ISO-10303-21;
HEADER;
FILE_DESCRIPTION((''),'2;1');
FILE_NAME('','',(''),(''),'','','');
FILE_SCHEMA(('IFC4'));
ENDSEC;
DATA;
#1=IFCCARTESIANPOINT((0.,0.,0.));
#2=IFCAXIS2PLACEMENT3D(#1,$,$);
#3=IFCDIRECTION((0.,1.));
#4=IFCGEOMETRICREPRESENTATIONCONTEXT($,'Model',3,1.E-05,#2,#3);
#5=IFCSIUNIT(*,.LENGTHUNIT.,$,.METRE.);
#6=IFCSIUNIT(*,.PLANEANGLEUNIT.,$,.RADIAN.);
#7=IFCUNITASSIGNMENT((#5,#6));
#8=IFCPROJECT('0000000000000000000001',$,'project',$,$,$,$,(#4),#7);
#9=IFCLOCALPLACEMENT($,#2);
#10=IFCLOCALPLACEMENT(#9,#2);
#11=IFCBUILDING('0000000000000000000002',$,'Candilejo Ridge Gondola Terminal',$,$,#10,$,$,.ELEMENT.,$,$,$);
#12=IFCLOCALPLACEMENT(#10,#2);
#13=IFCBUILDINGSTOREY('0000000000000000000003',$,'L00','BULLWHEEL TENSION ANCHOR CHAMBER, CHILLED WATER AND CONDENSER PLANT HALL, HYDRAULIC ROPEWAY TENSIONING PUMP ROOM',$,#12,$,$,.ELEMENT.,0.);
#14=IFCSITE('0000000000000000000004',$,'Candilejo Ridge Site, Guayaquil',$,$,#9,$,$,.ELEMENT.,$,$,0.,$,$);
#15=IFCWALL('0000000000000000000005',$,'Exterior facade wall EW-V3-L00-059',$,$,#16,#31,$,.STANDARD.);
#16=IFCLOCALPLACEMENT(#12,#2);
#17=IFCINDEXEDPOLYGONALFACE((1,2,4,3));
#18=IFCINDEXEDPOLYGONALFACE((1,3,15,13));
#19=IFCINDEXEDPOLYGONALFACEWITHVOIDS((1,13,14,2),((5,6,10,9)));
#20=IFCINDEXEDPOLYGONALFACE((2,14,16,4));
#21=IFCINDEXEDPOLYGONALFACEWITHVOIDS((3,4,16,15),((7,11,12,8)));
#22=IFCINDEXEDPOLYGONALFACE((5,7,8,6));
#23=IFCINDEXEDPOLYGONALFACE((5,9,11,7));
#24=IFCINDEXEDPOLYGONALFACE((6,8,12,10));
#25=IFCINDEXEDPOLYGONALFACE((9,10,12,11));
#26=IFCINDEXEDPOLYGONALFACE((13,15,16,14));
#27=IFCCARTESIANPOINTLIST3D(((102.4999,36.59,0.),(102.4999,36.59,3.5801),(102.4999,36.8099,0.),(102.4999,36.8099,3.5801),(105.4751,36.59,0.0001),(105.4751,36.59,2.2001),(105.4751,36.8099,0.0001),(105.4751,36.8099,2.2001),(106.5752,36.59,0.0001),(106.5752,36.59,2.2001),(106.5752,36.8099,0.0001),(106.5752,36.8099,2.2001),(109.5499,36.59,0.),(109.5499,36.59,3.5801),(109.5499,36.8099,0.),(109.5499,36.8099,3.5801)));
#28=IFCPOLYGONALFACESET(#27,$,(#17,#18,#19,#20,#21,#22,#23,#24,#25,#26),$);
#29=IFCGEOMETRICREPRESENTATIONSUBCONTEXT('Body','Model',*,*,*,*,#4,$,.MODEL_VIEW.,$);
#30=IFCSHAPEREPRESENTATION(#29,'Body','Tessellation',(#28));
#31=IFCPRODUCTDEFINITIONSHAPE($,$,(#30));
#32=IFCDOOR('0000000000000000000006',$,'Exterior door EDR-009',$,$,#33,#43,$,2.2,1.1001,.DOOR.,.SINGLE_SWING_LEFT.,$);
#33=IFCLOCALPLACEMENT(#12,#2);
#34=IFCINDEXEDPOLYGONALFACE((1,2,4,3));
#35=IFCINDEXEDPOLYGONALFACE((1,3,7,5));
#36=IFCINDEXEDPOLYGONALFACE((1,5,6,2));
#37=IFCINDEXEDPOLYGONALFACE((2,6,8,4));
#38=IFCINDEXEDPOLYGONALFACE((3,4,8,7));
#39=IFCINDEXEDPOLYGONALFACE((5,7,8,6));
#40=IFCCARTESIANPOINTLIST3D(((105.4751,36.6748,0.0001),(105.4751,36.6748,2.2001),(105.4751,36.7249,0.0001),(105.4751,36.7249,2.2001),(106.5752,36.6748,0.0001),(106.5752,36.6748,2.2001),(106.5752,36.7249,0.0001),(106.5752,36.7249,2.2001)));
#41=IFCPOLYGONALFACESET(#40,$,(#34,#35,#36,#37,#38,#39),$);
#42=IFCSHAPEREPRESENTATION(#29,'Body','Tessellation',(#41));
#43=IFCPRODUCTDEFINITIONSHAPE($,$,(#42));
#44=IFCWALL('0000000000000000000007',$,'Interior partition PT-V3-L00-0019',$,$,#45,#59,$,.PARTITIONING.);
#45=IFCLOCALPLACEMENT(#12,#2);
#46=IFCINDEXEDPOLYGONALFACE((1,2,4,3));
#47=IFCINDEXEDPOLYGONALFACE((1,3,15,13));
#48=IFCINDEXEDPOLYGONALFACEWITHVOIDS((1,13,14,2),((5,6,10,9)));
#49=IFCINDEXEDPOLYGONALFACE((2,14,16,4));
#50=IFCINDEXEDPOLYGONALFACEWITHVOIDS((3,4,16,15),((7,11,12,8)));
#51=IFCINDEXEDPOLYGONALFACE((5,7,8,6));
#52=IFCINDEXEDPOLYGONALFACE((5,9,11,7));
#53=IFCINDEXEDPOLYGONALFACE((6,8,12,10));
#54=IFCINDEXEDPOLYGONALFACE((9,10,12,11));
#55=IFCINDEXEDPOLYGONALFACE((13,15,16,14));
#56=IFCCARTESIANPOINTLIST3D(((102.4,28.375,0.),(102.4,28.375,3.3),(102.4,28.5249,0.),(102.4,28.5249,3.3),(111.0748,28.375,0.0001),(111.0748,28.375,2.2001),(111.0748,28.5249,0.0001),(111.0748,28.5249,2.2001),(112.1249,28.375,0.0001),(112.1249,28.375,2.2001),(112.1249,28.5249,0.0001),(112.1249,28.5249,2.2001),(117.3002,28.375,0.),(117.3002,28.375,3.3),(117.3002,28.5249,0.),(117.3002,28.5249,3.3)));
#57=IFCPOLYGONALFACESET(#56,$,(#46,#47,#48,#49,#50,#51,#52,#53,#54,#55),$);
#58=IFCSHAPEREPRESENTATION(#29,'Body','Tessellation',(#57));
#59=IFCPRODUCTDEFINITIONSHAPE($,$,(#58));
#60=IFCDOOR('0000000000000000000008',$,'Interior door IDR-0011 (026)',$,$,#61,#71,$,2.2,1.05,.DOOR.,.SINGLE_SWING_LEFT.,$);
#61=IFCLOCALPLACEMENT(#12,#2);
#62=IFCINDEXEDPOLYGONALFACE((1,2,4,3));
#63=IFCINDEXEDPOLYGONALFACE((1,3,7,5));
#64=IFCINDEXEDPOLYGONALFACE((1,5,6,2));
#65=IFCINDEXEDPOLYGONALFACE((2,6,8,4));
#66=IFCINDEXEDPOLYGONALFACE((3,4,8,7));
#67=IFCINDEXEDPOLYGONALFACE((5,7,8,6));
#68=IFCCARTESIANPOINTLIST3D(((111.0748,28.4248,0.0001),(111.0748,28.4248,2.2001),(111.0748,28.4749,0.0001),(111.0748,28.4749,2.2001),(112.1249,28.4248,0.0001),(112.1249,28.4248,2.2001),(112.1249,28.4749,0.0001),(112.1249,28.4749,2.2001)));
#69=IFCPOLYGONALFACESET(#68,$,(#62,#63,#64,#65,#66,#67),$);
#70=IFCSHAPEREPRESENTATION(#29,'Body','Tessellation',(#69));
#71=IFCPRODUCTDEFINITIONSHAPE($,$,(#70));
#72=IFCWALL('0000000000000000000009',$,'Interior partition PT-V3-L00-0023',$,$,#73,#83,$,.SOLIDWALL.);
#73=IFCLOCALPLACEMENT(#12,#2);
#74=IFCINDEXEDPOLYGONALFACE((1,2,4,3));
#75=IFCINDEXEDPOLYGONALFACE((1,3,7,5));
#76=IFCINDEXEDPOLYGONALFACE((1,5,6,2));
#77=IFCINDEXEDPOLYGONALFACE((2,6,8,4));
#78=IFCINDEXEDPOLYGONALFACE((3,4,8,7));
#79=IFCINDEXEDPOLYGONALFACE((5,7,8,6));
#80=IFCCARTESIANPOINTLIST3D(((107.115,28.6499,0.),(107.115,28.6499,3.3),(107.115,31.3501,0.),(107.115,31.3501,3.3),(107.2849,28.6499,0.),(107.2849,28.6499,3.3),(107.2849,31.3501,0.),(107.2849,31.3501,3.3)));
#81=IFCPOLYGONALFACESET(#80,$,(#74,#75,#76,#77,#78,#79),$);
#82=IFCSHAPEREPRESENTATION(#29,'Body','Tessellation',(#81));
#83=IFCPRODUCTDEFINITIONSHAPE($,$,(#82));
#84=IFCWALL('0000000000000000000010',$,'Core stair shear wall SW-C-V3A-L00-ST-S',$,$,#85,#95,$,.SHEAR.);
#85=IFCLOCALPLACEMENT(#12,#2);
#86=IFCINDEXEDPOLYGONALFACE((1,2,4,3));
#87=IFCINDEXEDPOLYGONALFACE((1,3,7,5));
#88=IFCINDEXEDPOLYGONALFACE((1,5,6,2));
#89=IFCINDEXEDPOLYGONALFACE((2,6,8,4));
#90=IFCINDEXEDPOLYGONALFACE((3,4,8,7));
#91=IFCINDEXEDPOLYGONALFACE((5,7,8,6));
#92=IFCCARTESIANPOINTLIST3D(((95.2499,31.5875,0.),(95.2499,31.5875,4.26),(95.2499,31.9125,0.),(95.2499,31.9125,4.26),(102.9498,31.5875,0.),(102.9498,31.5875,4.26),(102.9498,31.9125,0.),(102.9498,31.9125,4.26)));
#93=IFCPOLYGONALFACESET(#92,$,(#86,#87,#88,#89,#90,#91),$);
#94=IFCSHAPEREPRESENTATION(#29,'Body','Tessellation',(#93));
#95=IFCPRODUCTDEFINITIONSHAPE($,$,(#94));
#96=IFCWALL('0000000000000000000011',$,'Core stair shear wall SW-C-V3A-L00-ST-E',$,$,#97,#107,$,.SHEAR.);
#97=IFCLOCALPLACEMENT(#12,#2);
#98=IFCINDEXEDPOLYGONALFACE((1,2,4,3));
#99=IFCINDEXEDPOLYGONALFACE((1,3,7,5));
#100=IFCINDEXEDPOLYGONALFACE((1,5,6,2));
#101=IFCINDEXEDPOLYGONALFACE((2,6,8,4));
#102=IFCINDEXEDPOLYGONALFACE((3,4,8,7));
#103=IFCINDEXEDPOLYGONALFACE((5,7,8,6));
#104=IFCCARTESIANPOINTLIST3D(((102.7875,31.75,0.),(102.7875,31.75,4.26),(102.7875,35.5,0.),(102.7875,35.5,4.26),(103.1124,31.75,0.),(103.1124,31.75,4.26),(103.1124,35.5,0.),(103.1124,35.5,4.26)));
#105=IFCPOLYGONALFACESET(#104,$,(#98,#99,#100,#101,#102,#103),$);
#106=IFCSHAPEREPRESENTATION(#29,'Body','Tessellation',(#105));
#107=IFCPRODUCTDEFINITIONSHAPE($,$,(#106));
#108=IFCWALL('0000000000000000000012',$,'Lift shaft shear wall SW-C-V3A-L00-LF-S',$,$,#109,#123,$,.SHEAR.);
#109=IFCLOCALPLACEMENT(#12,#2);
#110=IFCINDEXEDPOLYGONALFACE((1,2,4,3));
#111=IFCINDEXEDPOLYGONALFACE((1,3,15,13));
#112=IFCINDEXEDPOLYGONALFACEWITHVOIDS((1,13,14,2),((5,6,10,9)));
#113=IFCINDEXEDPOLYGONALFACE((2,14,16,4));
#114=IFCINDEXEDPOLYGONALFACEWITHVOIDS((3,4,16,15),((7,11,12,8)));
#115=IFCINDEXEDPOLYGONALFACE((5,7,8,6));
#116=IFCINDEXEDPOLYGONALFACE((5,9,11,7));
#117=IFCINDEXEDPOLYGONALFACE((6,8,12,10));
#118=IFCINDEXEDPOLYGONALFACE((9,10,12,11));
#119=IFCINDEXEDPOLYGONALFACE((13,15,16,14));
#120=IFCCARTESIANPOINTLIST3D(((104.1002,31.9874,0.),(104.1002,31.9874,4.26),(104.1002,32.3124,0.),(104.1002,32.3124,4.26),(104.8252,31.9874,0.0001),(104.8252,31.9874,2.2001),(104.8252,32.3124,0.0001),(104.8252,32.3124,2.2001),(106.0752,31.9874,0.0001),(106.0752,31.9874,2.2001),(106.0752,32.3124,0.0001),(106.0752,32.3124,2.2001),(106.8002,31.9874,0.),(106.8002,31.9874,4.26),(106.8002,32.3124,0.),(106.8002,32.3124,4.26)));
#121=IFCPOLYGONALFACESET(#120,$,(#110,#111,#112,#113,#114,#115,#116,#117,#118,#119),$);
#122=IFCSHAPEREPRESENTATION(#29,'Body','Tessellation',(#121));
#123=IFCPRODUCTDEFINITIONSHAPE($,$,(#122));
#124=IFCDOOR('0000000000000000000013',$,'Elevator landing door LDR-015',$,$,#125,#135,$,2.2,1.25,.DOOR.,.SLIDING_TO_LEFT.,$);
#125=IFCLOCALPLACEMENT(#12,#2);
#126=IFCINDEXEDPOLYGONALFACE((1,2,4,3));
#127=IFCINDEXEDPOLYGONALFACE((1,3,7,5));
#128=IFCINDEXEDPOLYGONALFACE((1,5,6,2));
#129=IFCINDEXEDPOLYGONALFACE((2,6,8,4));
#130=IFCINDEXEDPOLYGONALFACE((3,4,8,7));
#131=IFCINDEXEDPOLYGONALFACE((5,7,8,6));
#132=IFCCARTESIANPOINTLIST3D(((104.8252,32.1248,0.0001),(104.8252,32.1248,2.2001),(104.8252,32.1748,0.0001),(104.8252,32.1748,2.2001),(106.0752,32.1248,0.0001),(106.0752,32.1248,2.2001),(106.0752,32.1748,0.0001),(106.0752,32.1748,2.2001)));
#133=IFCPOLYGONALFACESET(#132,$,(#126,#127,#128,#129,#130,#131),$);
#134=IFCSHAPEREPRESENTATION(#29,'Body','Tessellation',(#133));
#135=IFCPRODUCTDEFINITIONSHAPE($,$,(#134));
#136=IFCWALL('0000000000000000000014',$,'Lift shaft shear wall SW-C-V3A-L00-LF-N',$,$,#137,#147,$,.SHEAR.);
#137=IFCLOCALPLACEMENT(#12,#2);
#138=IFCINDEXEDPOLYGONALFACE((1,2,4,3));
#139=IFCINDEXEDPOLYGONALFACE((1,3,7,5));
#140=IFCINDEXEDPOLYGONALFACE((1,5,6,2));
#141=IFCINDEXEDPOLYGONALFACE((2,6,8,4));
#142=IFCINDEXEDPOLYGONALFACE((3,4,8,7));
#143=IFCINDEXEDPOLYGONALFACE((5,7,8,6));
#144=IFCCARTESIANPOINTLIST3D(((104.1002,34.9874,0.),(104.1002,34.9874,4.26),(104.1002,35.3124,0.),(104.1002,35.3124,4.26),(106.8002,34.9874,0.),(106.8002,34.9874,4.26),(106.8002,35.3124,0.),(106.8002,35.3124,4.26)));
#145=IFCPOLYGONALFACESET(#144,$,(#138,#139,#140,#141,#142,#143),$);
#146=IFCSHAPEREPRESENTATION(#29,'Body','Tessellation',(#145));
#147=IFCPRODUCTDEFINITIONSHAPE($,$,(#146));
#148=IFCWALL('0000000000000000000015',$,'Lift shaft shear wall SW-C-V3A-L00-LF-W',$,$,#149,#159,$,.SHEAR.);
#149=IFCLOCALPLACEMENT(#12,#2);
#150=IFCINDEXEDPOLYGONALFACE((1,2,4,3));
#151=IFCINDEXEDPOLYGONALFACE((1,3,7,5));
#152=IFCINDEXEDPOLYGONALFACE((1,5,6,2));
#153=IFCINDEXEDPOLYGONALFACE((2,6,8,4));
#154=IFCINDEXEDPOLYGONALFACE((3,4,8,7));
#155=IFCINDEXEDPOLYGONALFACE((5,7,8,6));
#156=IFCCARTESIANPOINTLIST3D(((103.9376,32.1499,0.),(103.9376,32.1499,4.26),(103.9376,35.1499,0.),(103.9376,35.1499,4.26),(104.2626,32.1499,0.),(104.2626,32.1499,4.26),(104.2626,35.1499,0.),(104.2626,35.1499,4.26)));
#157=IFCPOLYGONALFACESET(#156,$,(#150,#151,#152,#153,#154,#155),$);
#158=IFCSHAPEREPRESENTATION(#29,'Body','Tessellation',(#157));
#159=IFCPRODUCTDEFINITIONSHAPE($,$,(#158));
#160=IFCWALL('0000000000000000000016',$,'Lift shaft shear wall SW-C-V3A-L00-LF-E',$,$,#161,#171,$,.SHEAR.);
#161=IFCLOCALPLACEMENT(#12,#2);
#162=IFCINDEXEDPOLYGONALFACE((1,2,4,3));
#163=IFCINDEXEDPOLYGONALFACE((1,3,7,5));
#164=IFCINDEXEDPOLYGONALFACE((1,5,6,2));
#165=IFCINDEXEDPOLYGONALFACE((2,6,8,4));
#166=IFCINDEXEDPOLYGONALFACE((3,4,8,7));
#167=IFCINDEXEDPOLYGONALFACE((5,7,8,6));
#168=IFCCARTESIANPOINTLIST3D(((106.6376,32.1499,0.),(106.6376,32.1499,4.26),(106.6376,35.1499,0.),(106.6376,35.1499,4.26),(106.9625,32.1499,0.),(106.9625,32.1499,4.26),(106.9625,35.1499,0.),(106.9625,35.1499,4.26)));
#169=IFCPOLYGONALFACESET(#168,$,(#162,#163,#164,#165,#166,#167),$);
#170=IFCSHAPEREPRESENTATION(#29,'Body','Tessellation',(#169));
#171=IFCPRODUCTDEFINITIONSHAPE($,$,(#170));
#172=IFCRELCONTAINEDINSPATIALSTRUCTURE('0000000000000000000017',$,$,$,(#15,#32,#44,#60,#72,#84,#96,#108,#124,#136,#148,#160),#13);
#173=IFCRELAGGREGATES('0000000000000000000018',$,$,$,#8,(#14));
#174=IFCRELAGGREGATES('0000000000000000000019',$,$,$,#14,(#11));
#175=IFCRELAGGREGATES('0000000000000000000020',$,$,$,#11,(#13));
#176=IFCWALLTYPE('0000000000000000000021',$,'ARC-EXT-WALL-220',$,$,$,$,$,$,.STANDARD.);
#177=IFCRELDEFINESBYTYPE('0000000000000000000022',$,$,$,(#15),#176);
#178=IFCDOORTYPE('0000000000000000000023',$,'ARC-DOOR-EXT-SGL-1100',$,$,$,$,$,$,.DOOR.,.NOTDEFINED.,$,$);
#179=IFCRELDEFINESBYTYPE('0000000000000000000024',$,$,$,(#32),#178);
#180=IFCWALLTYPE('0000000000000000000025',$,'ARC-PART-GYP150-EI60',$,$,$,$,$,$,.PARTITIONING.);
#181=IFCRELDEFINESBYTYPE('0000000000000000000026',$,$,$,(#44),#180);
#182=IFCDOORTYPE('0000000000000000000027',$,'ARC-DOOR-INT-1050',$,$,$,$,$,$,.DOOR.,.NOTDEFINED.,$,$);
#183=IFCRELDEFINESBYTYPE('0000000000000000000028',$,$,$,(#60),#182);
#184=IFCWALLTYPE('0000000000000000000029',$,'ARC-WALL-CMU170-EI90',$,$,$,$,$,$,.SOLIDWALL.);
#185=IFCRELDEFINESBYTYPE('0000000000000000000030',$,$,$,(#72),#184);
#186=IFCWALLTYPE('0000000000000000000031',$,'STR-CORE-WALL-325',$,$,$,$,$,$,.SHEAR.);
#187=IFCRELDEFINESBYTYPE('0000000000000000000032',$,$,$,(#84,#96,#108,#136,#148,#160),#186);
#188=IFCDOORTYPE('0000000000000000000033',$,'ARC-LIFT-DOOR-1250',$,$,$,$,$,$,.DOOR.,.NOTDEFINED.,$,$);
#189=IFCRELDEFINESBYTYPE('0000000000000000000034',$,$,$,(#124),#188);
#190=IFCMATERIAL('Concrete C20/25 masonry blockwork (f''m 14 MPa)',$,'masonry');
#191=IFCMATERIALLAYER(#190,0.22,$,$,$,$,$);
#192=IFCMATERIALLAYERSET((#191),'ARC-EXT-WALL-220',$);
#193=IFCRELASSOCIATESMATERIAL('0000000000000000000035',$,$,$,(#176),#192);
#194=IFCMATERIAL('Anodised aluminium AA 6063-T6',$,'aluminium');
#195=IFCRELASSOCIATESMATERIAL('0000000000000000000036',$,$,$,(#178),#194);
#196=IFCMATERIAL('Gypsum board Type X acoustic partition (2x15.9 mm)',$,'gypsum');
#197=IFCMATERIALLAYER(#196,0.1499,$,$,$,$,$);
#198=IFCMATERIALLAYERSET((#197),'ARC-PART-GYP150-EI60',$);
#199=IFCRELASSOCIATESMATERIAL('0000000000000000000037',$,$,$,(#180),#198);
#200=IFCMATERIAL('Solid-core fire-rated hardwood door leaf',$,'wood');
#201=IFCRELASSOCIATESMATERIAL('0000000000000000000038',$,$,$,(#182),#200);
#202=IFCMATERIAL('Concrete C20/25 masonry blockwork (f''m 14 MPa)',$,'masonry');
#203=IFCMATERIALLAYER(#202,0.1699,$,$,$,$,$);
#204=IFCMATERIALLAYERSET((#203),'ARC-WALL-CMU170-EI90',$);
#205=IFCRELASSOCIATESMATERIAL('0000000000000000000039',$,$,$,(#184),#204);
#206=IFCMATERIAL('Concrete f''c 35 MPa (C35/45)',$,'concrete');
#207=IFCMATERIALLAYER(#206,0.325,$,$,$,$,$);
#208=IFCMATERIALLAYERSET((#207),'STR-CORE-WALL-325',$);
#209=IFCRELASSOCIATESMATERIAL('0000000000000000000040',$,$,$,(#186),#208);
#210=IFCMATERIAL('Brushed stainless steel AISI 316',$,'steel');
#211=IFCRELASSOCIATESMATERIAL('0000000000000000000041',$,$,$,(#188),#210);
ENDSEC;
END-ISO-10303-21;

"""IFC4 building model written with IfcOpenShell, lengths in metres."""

from ifc_helpers import new_model, si_unit, direction, frame, frame_2d, origin, place, context, subcontext, project, spatial, rectangle, extrude, material, layer, layer_set, type_object, element, fill, save


model = new_model("IFC4")

# Units and contexts
model_context = context("Model", 3, precision=1e-05, world=origin(), true_north=direction((0.0, 1.0)))
body_context = subcontext(model_context, "Body", "Model", "MODEL_VIEW")
ifc_project = project(units=[si_unit("LENGTHUNIT", "METRE"), si_unit("PLANEANGLEUNIT", "RADIAN")], contexts=[model_context])

# Site, building, storey
site_placement = place(None, origin())
site = spatial("IfcSite", under=ifc_project, at=site_placement, Name="Candilejo Ridge Site, Guayaquil", CompositionType="ELEMENT", RefElevation=0.0)
building_placement = place(site_placement, origin())
building = spatial("IfcBuilding", under=site, at=building_placement, Name="Candilejo Ridge Gondola Terminal", CompositionType="ELEMENT")
storey_placement = place(building_placement, origin())
storey = spatial("IfcBuildingStorey", under=building, at=storey_placement, Name="L00", Description="BULLWHEEL TENSION ANCHOR CHAMBER, CHILLED WATER AND CONDENSER PLANT HALL, HYDRAULIC ROPEWAY TENSIONING PUMP ROOM", CompositionType="ELEMENT", Elevation=0.0)

# Walls, openings, doors
ifc_material_1 = material(Name="Concrete C20/25 masonry blockwork (f'm 14 MPa)", Category="masonry")
ifc_layer_1 = layer(ifc_material_1, 0.22)
ifc_layer_set_1 = layer_set([ifc_layer_1], Name="ARC-EXT-WALL-220")
wall_type_1 = type_object("IfcWallType", Name="ARC-EXT-WALL-220", PredefinedType="STANDARD", material=ifc_layer_set_1)
wall_1_placement = place(storey_placement, frame((102.5, 36.7, 0.0), z_axis=(0.0, 0.0, 1.0), x_axis=(1.0, 0.0, 0.0)))
wall_1 = element("IfcWall", 1, at=wall_1_placement, inside=storey, type_object=wall_type_1, Name="Exterior facade wall EW-V3-L00-059", PredefinedType="STANDARD", context=body_context, shape_type="SweptSolid", body=[
    extrude(rectangle(XDim=7.05, YDim=0.22, at=frame_2d((3.5249, 0.0))), origin(), (0.0, 0.0, 1.0), 3.5801),
])
opening_1_placement = place(wall_1_placement, frame((2.9751, 0.0, 0.0)))
opening_1 = element("IfcOpeningElement", 2, at=opening_1_placement, cuts=wall_1, PredefinedType="OPENING", context=body_context, shape_type="SweptSolid", body=[
    extrude(rectangle(XDim=1.1001, YDim=2.2, at=frame_2d((0.55, 1.1001))), frame((0.0, 0.1199, 0.0), z_axis=(0.0, -1.0, 0.0), x_axis=(1.0, 0.0, 0.0)), (0.0, 0.0, 1.0), 0.24),
])
ifc_material_2 = material(Name="Anodised aluminium AA 6063-T6", Category="aluminium")
door_type_1 = type_object("IfcDoorType", Name="ARC-DOOR-EXT-SGL-1100", OperationType="NOTDEFINED", PredefinedType="DOOR", material=ifc_material_2)
door_1_placement = place(opening_1_placement, origin())
door_1 = element("IfcDoor", 3, at=door_1_placement, inside=storey, type_object=door_type_1, Name="Exterior door EDR-009", OperationType="SINGLE_SWING_LEFT", OverallHeight=2.2, OverallWidth=1.1001, PredefinedType="DOOR", context=body_context, shape_type="SweptSolid", body=[
    extrude(rectangle(XDim=1.1001, YDim=2.2, at=frame_2d((0.55, 1.1001))), frame((0.0, 0.0249, 0.0), z_axis=(0.0, -1.0, 0.0), x_axis=(1.0, 0.0, 0.0)), (0.0, 0.0, 1.0), 0.05),
])
fill(opening_1, door_1)
ifc_material_3 = material(Name="Gypsum board Type X acoustic partition (2x15.9 mm)", Category="gypsum")
ifc_layer_2 = layer(ifc_material_3, 0.1499)
ifc_layer_set_2 = layer_set([ifc_layer_2], Name="ARC-PART-GYP150-EI60")
wall_type_2 = type_object("IfcWallType", Name="ARC-PART-GYP150-EI60", PredefinedType="PARTITIONING", material=ifc_layer_set_2)
wall_2_placement = place(storey_placement, frame((102.3999, 28.45, 0.0), z_axis=(0.0, 0.0, 1.0), x_axis=(1.0, 0.0, 0.0)))
wall_2 = element("IfcWall", 4, at=wall_2_placement, inside=storey, type_object=wall_type_2, Name="Interior partition PT-V3-L00-0019", PredefinedType="PARTITIONING", context=body_context, shape_type="SweptSolid", body=[
    extrude(rectangle(XDim=14.9001, YDim=0.1499, at=frame_2d((7.4502, 0.0))), origin(), (0.0, 0.0, 1.0), 3.3),
])
opening_2_placement = place(wall_2_placement, frame((8.675, 0.0, 0.0)))
opening_2 = element("IfcOpeningElement", 5, at=opening_2_placement, cuts=wall_2, PredefinedType="OPENING", context=body_context, shape_type="SweptSolid", body=[
    extrude(rectangle(XDim=1.05, YDim=2.2, at=frame_2d((0.5249, 1.1001))), frame((0.0, 0.085, 0.0), z_axis=(0.0, -1.0, 0.0), x_axis=(1.0, 0.0, 0.0)), (0.0, 0.0, 1.0), 0.1699),
])
ifc_material_4 = material(Name="Solid-core fire-rated hardwood door leaf", Category="wood")
door_type_2 = type_object("IfcDoorType", Name="ARC-DOOR-INT-1050", OperationType="NOTDEFINED", PredefinedType="DOOR", material=ifc_material_4)
door_2_placement = place(opening_2_placement, origin())
door_2 = element("IfcDoor", 6, at=door_2_placement, inside=storey, type_object=door_type_2, Name="Interior door IDR-0011 (026)", OperationType="SINGLE_SWING_LEFT", OverallHeight=2.2, OverallWidth=1.05, PredefinedType="DOOR", context=body_context, shape_type="SweptSolid", body=[
    extrude(rectangle(XDim=1.05, YDim=2.2, at=frame_2d((0.5249, 1.1001))), frame((0.0, 0.0249, 0.0), z_axis=(0.0, -1.0, 0.0), x_axis=(1.0, 0.0, 0.0)), (0.0, 0.0, 1.0), 0.05),
])
fill(opening_2, door_2)

# Walls
ifc_material_5 = material(Name="Concrete C20/25 masonry blockwork (f'm 14 MPa)", Category="masonry")
ifc_layer_3 = layer(ifc_material_5, 0.1699)
ifc_layer_set_3 = layer_set([ifc_layer_3], Name="ARC-WALL-CMU170-EI90")
wall_type_3 = type_object("IfcWallType", Name="ARC-WALL-CMU170-EI90", PredefinedType="SOLIDWALL", material=ifc_layer_set_3)
wall_3_placement = place(storey_placement, frame((107.2, 28.6499, 0.0), z_axis=(0.0, 0.0, 1.0), x_axis=(0.0, 1.0, 0.0)))
element("IfcWall", 7, at=wall_3_placement, inside=storey, type_object=wall_type_3, Name="Interior partition PT-V3-L00-0023", PredefinedType="SOLIDWALL", context=body_context, shape_type="SweptSolid", body=[
    extrude(rectangle(XDim=2.7002, YDim=0.1699, at=frame_2d((1.3501, 0.0))), origin(), (0.0, 0.0, 1.0), 3.3),
])
ifc_material_6 = material(Name="Concrete f'c 35 MPa (C35/45)", Category="concrete")
ifc_layer_4 = layer(ifc_material_6, 0.325)
ifc_layer_set_4 = layer_set([ifc_layer_4], Name="STR-CORE-WALL-325")
wall_type_4 = type_object("IfcWallType", Name="STR-CORE-WALL-325", PredefinedType="SHEAR", material=ifc_layer_set_4)
wall_4_placement = place(storey_placement, frame((102.95, 31.75, 0.0), z_axis=(0.0, 0.0, 1.0), x_axis=(-1.0, 0.0, 0.0)))
element("IfcWall", 8, at=wall_4_placement, inside=storey, type_object=wall_type_4, Name="Core stair shear wall SW-C-V3A-L00-ST-S", PredefinedType="SHEAR", context=body_context, shape_type="SweptSolid", body=[
    extrude(rectangle(XDim=7.7, YDim=0.325, at=frame_2d((3.8501, 0.0))), origin(), (0.0, 0.0, 1.0), 4.26),
])
wall_5_placement = place(storey_placement, frame((102.95, 35.5, 0.0), z_axis=(0.0, 0.0, 1.0), x_axis=(0.0, -1.0, 0.0)))
element("IfcWall", 9, at=wall_5_placement, inside=storey, type_object=wall_type_4, Name="Core stair shear wall SW-C-V3A-L00-ST-E", PredefinedType="SHEAR", context=body_context, shape_type="SweptSolid", body=[
    extrude(rectangle(XDim=3.75, YDim=0.325, at=frame_2d((1.875, 0.0))), origin(), (0.0, 0.0, 1.0), 4.26),
])

# Wall, opening, door
wall_6_placement = place(storey_placement, frame((104.1001, 32.1499, 0.0), z_axis=(0.0, 0.0, 1.0), x_axis=(1.0, 0.0, 0.0)))
wall_6 = element("IfcWall", 10, at=wall_6_placement, inside=storey, type_object=wall_type_4, Name="Lift shaft shear wall SW-C-V3A-L00-LF-S", PredefinedType="SHEAR", context=body_context, shape_type="SweptSolid", body=[
    extrude(rectangle(XDim=2.7, YDim=0.325, at=frame_2d((1.3501, 0.0))), origin(), (0.0, 0.0, 1.0), 4.26),
])
opening_3_placement = place(wall_6_placement, frame((0.7251, 0.0, 0.0)))
opening_3 = element("IfcOpeningElement", 11, at=opening_3_placement, cuts=wall_6, PredefinedType="OPENING", context=body_context, shape_type="SweptSolid", body=[
    extrude(rectangle(XDim=1.25, YDim=2.2, at=frame_2d((0.625, 1.1001))), frame((0.0, 0.1724, 0.0), z_axis=(0.0, -1.0, 0.0), x_axis=(1.0, 0.0, 0.0)), (0.0, 0.0, 1.0), 0.345),
])
ifc_material_7 = material(Name="Brushed stainless steel AISI 316", Category="steel")
door_type_3 = type_object("IfcDoorType", Name="ARC-LIFT-DOOR-1250", OperationType="NOTDEFINED", PredefinedType="DOOR", material=ifc_material_7)
door_3_placement = place(opening_3_placement, origin())
door_3 = element("IfcDoor", 12, at=door_3_placement, inside=storey, type_object=door_type_3, Name="Elevator landing door LDR-015", OperationType="SLIDING_TO_LEFT", OverallHeight=2.2, OverallWidth=1.25, PredefinedType="DOOR", context=body_context, shape_type="SweptSolid", body=[
    extrude(rectangle(XDim=1.25, YDim=2.2, at=frame_2d((0.625, 1.1001))), frame((0.0, 0.0249, 0.0), z_axis=(0.0, -1.0, 0.0), x_axis=(1.0, 0.0, 0.0)), (0.0, 0.0, 1.0), 0.05),
])
fill(opening_3, door_3)

# Walls
wall_7_placement = place(storey_placement, frame((104.1001, 35.1499, 0.0), z_axis=(0.0, 0.0, 1.0), x_axis=(1.0, 0.0, 0.0)))
element("IfcWall", 13, at=wall_7_placement, inside=storey, type_object=wall_type_4, Name="Lift shaft shear wall SW-C-V3A-L00-LF-N", PredefinedType="SHEAR", context=body_context, shape_type="SweptSolid", body=[
    extrude(rectangle(XDim=2.7, YDim=0.325, at=frame_2d((1.3501, 0.0))), origin(), (0.0, 0.0, 1.0), 4.26),
])
for number, where, z_axis, x_axis, name in (
    (14, (104.1001, 32.1499, 0.0), (0.0, 0.0, 1.0), (0.0, 1.0, 0.0), "Lift shaft shear wall SW-C-V3A-L00-LF-W"),
    (15, (106.8, 32.1499, 0.0), (0.0, 0.0, 1.0), (0.0, 1.0, 0.0), "Lift shaft shear wall SW-C-V3A-L00-LF-E"),
):
    element("IfcWall", number, at=place(storey_placement, frame(where, z_axis=z_axis, x_axis=x_axis)), inside=storey, type_object=wall_type_4, Name=name, PredefinedType="SHEAR", context=body_context, shape_type="SweptSolid", body=[
        extrude(rectangle(XDim=3.0, YDim=0.325, at=frame_2d((1.5, 0.0))), origin(), (0.0, 0.0, 1.0), 4.26),
    ])

save(model, "model.ifc")
